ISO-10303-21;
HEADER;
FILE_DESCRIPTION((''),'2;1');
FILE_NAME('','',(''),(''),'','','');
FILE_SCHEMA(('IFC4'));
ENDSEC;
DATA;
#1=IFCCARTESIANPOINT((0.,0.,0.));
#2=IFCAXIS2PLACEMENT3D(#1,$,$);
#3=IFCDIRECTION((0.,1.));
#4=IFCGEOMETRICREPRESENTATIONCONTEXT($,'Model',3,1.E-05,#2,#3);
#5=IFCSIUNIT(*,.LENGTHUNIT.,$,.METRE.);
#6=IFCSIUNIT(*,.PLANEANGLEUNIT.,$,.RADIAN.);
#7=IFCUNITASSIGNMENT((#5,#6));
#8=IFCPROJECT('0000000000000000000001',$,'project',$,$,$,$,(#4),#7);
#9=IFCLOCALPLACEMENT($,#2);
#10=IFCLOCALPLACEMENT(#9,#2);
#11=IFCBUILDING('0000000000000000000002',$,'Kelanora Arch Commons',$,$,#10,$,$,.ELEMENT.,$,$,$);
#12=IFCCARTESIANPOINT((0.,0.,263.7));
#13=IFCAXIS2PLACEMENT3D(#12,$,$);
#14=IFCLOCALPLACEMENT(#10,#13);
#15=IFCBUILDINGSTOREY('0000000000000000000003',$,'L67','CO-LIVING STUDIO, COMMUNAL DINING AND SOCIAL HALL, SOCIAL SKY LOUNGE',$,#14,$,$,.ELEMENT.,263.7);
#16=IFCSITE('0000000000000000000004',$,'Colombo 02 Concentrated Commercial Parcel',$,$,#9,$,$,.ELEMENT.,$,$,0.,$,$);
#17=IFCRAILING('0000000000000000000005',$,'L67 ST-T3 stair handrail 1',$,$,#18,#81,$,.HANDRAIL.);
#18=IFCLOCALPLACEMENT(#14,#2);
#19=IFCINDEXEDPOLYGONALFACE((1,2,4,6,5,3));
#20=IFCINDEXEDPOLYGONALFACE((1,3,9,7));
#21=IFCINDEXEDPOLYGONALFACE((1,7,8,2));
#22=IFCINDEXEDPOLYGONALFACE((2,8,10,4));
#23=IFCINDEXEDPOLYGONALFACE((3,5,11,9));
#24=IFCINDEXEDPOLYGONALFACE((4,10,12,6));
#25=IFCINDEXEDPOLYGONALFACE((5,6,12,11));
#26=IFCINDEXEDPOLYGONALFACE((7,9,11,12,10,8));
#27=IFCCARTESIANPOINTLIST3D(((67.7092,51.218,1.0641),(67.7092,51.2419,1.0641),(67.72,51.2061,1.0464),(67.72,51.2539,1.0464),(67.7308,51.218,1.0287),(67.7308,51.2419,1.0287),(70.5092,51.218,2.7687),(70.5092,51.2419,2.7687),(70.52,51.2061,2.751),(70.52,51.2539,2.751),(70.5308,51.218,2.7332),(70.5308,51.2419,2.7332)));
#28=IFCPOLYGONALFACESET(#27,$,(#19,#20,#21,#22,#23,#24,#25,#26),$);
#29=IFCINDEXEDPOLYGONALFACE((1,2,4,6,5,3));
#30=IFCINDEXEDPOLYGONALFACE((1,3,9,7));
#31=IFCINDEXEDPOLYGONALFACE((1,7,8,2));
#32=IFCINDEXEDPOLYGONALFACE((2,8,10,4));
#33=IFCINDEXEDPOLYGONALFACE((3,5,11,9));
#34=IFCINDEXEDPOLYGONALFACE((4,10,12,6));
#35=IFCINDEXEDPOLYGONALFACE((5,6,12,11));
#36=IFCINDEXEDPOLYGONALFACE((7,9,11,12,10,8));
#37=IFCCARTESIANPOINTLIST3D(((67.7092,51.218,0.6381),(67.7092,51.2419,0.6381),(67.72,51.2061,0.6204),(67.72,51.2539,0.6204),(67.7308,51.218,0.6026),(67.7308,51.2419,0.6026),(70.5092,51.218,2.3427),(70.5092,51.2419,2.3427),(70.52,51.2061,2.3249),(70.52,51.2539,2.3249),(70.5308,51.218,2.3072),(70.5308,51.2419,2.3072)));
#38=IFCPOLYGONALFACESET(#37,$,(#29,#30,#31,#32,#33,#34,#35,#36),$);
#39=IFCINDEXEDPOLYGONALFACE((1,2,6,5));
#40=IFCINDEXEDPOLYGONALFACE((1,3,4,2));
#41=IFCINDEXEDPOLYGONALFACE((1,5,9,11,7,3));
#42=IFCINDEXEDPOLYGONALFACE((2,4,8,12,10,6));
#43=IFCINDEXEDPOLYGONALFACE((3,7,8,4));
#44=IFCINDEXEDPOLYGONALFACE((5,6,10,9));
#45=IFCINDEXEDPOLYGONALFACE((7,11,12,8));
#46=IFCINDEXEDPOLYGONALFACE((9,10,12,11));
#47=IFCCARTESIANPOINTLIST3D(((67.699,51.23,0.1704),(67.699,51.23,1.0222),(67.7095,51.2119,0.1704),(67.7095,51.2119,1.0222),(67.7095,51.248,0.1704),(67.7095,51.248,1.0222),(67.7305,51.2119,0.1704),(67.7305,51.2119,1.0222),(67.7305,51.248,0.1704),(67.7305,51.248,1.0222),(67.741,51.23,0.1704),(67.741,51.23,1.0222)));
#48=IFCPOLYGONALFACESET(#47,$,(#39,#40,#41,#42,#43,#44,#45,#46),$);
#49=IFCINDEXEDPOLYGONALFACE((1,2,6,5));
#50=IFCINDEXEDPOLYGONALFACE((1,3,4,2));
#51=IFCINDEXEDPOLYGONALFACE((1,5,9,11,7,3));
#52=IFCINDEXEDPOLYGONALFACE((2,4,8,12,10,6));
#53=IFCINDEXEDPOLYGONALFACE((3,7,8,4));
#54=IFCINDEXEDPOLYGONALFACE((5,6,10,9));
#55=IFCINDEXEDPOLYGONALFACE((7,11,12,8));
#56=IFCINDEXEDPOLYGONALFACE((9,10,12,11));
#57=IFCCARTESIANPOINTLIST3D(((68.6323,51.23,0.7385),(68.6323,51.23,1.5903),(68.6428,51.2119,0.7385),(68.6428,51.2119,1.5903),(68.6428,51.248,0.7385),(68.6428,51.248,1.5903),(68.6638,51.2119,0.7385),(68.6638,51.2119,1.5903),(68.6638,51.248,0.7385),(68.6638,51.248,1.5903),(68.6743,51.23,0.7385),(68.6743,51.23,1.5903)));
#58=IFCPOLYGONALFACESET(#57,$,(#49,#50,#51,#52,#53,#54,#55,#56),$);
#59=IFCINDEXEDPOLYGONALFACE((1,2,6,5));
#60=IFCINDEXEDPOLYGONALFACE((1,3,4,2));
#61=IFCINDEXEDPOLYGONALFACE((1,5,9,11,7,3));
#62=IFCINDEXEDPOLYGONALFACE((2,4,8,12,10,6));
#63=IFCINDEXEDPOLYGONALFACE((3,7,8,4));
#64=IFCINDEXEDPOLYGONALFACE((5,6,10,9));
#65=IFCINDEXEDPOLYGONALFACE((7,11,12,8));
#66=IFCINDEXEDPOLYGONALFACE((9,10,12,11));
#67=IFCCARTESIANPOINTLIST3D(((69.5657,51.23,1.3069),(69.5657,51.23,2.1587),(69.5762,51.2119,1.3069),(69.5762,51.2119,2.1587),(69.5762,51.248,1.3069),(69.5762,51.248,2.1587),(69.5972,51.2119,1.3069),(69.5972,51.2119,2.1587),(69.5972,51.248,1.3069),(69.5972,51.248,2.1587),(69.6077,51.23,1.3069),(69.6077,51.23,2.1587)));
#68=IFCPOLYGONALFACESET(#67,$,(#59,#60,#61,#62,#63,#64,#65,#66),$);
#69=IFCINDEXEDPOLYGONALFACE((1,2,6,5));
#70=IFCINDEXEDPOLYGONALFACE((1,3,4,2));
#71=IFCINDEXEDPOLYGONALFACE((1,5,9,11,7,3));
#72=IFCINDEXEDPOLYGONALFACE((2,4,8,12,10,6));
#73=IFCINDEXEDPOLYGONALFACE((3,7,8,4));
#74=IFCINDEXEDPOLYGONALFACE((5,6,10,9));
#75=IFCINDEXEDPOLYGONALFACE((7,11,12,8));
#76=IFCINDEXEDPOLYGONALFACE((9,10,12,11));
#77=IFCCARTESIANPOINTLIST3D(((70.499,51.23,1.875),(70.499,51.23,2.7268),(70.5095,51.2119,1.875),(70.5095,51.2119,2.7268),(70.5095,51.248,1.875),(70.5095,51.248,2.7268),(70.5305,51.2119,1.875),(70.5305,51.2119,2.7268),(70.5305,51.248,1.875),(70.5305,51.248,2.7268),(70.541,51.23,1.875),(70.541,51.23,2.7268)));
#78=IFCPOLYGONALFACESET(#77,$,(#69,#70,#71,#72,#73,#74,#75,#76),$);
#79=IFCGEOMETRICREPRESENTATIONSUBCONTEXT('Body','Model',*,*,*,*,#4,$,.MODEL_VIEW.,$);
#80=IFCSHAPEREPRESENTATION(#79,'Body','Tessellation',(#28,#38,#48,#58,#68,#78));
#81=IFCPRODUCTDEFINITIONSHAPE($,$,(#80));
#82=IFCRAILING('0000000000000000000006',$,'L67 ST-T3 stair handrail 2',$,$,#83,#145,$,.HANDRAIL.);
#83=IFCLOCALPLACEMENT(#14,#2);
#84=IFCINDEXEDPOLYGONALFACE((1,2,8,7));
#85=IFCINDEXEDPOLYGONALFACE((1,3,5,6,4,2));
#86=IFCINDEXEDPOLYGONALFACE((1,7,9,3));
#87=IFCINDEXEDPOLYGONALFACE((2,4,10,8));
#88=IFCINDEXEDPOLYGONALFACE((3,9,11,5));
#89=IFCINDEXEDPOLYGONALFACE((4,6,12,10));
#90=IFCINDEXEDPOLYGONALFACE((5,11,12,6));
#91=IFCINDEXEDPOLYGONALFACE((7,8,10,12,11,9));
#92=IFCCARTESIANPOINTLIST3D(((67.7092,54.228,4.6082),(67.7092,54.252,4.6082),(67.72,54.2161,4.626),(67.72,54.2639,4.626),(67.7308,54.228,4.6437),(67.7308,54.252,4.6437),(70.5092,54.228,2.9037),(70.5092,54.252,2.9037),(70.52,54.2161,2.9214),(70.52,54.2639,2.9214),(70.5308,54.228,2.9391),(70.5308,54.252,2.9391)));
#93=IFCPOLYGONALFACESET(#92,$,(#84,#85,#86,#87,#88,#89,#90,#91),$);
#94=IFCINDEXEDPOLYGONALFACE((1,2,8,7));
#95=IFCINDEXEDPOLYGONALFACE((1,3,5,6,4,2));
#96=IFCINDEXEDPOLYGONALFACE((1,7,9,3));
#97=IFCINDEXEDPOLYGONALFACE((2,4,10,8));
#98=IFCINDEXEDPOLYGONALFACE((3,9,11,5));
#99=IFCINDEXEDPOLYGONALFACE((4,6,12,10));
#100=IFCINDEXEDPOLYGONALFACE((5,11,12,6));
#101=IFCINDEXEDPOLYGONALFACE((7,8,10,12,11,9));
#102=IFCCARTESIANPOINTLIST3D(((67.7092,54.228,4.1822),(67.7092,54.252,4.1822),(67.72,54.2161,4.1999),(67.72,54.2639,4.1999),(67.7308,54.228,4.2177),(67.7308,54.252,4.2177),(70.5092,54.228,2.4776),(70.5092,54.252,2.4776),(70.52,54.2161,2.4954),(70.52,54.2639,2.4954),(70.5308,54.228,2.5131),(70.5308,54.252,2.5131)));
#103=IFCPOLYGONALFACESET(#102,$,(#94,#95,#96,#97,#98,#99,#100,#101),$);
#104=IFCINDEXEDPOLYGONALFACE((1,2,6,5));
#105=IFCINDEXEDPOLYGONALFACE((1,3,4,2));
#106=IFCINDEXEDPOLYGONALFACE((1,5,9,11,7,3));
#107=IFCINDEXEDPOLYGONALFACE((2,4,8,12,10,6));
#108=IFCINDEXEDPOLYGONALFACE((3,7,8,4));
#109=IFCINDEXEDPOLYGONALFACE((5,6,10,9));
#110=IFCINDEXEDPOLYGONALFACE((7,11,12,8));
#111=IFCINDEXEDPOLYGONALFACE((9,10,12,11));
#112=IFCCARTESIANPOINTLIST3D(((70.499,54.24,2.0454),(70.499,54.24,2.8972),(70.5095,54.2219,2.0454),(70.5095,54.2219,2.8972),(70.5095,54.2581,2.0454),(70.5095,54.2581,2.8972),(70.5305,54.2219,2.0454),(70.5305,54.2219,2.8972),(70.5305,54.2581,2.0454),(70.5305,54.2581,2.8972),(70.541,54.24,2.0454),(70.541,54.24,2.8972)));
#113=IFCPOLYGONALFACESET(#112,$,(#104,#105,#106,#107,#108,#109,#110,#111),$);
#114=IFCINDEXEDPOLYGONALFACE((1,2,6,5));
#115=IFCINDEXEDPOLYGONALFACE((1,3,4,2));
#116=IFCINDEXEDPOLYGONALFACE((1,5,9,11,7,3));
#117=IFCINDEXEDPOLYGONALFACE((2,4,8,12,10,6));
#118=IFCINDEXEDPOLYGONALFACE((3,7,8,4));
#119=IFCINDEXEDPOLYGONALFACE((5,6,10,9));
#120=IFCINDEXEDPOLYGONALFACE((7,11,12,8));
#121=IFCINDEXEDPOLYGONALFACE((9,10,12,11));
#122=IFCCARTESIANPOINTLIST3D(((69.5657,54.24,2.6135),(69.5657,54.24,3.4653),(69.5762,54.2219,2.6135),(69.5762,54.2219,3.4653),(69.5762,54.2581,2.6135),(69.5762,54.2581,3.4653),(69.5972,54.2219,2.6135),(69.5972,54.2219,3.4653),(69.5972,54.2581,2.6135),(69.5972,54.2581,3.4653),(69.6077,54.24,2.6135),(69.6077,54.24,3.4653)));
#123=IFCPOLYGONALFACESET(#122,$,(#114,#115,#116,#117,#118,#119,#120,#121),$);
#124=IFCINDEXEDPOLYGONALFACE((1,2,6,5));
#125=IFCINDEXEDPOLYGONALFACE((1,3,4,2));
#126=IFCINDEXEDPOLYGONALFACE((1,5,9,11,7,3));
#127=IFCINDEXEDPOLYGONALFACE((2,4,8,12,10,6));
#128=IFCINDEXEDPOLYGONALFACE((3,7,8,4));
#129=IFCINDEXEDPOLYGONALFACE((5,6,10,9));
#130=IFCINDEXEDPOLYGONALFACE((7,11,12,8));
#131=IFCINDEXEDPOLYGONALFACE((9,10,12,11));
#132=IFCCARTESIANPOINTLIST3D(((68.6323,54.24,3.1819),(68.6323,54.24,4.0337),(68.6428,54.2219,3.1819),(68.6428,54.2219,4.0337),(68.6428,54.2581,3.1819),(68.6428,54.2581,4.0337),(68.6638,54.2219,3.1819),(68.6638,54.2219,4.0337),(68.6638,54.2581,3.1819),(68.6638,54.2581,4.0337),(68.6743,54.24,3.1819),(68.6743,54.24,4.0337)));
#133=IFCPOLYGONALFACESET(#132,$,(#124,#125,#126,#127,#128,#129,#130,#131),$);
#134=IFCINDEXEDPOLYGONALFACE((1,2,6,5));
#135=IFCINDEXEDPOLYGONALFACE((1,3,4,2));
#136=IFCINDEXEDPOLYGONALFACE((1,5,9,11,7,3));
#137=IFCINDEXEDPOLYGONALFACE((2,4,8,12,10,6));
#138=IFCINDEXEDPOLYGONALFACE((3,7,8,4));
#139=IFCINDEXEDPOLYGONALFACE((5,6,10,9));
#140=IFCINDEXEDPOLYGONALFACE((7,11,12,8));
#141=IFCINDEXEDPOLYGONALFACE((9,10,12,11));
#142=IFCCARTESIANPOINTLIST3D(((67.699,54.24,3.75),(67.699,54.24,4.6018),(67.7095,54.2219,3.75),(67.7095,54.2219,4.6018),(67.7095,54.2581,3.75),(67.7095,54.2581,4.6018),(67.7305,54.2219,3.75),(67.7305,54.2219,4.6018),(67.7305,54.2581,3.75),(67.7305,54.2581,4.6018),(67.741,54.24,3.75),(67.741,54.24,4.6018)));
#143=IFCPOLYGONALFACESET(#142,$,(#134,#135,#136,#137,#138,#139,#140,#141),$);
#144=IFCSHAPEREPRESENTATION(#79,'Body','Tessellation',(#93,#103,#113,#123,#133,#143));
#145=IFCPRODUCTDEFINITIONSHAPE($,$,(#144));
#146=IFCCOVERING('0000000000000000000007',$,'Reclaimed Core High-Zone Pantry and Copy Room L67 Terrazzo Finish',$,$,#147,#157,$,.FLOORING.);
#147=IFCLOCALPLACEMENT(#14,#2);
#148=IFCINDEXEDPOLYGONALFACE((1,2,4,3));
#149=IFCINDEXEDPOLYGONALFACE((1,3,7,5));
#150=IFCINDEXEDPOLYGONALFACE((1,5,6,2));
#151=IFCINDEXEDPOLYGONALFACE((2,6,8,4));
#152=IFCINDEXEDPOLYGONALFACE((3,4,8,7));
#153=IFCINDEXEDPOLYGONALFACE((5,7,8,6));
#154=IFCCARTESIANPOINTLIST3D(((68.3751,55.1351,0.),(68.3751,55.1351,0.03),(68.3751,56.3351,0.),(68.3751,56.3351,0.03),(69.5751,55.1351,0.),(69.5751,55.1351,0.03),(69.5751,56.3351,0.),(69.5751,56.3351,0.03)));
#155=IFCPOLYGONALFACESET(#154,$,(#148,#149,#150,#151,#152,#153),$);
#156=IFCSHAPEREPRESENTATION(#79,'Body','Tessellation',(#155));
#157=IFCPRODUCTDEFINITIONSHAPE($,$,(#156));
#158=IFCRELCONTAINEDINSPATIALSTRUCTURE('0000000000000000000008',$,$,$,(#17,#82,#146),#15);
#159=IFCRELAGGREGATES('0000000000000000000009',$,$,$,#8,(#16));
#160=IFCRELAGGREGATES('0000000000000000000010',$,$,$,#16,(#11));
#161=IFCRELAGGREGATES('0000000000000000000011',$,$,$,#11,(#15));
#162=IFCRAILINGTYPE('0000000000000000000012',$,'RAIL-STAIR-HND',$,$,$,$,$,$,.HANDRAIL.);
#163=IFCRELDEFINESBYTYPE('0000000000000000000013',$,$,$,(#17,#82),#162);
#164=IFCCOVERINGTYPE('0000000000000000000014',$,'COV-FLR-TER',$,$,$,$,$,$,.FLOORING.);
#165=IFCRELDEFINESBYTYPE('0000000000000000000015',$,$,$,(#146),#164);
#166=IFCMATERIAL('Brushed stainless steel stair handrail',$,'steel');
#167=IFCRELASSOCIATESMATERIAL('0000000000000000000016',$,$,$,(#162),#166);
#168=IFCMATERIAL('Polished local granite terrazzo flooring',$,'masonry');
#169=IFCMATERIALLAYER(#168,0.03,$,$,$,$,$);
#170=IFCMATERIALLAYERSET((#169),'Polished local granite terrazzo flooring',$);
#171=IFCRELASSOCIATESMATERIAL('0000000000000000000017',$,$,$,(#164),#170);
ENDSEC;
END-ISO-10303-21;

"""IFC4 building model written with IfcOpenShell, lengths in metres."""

from ifc_helpers import new_model, si_unit, direction, frame, origin, origin_2d, place, context, subcontext, project, spatial, polyline, rectangle, outline, extrude, source, transform, mapped, material, layer, layer_set, type_object, element, save


model = new_model("IFC4")

# Units and contexts
model_context = context("Model", 3, precision=1e-05, world=origin(), true_north=direction((0.0, 1.0)))
body_context = subcontext(model_context, "Body", "Model", "MODEL_VIEW")
ifc_project = project(units=[si_unit("LENGTHUNIT", "METRE"), si_unit("PLANEANGLEUNIT", "RADIAN")], contexts=[model_context])

# Site, building, storey
site_placement = place(None, origin())
site = spatial("IfcSite", under=ifc_project, at=site_placement, Name="Colombo 02 Concentrated Commercial Parcel", CompositionType="ELEMENT", RefElevation=0.0)
building_placement = place(site_placement, origin())
building = spatial("IfcBuilding", under=site, at=building_placement, Name="Kelanora Arch Commons", CompositionType="ELEMENT")
storey_placement = place(building_placement, frame((0.0, 0.0, 263.7)))
storey = spatial("IfcBuildingStorey", under=building, at=storey_placement, Name="L67", Description="CO-LIVING STUDIO, COMMUNAL DINING AND SOCIAL HALL, SOCIAL SKY LOUNGE", CompositionType="ELEMENT", Elevation=263.7)

# Railings
ifc_material_1 = material(Name="Brushed stainless steel stair handrail", Category="steel")
railing_type_1 = type_object("IfcRailingType", Name="RAIL-STAIR-HND", PredefinedType="HANDRAIL", material=ifc_material_1)
railing_1_placement = place(storey_placement, frame((67.72, 51.23, 0.1704)))
element("IfcRailing", 1, at=railing_1_placement, inside=storey, type_object=railing_type_1, Name="L67 ST-T3 stair handrail 1", PredefinedType="HANDRAIL", context=body_context, shape_type="SweptSolid", body=[
    extrude(outline(polyline([(0.0239, 0.0), (0.012, 0.0208), (-0.012, 0.0208), (-0.0239, 0.0), (-0.012, -0.0208), (0.012, -0.0208), (0.0239, 0.0)])), frame((0.0, 0.0, 0.876), z_axis=(0.85417, 0.0, 0.519994), x_axis=(0.0, 1.0, 0.0)), (0.0, 0.0, 1.0), 3.2781),
    extrude(outline(polyline([(0.0239, 0.0), (0.012, 0.0208), (-0.012, 0.0208), (-0.0239, 0.0), (-0.012, -0.0208), (0.012, -0.0208), (0.0239, 0.0)])), frame((0.0, 0.0, 0.45), z_axis=(0.85417, 0.0, 0.519994), x_axis=(0.0, 1.0, 0.0)), (0.0, 0.0, 1.0), 3.2781),
    extrude(outline(polyline([(0.021, 0.0), (0.0105, 0.0181), (-0.0105, 0.0181), (-0.021, 0.0), (-0.0105, -0.0181), (0.0105, -0.0181), (0.021, 0.0)])), origin(), (0.0, 0.0, 1.0), 0.8518),
    extrude(outline(polyline([(0.021, 0.0), (0.0105, 0.0181), (-0.0105, 0.0181), (-0.021, 0.0), (-0.0105, -0.0181), (0.0105, -0.0181), (0.021, 0.0)])), frame((0.9333, 0.0, 0.5681)), (0.0, 0.0, 1.0), 0.8518),
    extrude(outline(polyline([(0.021, 0.0), (0.0105, 0.0181), (-0.0105, 0.0181), (-0.021, 0.0), (-0.0105, -0.0181), (0.0105, -0.0181), (0.021, 0.0)])), frame((1.8667, 0.0, 1.1365)), (0.0, 0.0, 1.0), 0.8518),
    extrude(outline(polyline([(0.021, 0.0), (0.0105, 0.0181), (-0.0105, 0.0181), (-0.021, 0.0), (-0.0105, -0.0181), (0.0105, -0.0181), (0.021, 0.0)])), frame((2.8, 0.0, 1.7046)), (0.0, 0.0, 1.0), 0.8518),
])
railing_2_placement = place(storey_placement, frame((70.52, 54.24, 2.0454)))
element("IfcRailing", 2, at=railing_2_placement, inside=storey, type_object=railing_type_1, Name="L67 ST-T3 stair handrail 2", PredefinedType="HANDRAIL", context=body_context, shape_type="SweptSolid", body=[
    extrude(outline(polyline([(0.0239, 0.0), (0.012, 0.0208), (-0.012, 0.0208), (-0.0239, 0.0), (-0.012, -0.0208), (0.012, -0.0208), (0.0239, 0.0)])), frame((0.0, 0.0, 0.876), z_axis=(-0.85417, 0.0, 0.519994), x_axis=(0.0, -1.0, 0.0)), (0.0, 0.0, 1.0), 3.2781),
    extrude(outline(polyline([(0.0239, 0.0), (0.012, 0.0208), (-0.012, 0.0208), (-0.0239, 0.0), (-0.012, -0.0208), (0.012, -0.0208), (0.0239, 0.0)])), frame((0.0, 0.0, 0.45), z_axis=(-0.85417, 0.0, 0.519994), x_axis=(0.0, -1.0, 0.0)), (0.0, 0.0, 1.0), 3.2781),
    extrude(outline(polyline([(0.021, 0.0), (0.0105, 0.0181), (-0.0105, 0.0181), (-0.021, 0.0), (-0.0105, -0.0181), (0.0105, -0.0181), (0.021, 0.0)])), origin(), (0.0, 0.0, 1.0), 0.8518),
    extrude(outline(polyline([(0.021, 0.0), (0.0105, 0.0181), (-0.0105, 0.0181), (-0.021, 0.0), (-0.0105, -0.0181), (0.0105, -0.0181), (0.021, 0.0)])), frame((-0.9333, 0.0, 0.5681)), (0.0, 0.0, 1.0), 0.8518),
    extrude(outline(polyline([(0.021, 0.0), (0.0105, 0.0181), (-0.0105, 0.0181), (-0.021, 0.0), (-0.0105, -0.0181), (0.0105, -0.0181), (0.021, 0.0)])), frame((-1.8667, 0.0, 1.1365)), (0.0, 0.0, 1.0), 0.8518),
    extrude(outline(polyline([(0.021, 0.0), (0.0105, 0.0181), (-0.0105, 0.0181), (-0.021, 0.0), (-0.0105, -0.0181), (0.0105, -0.0181), (0.021, 0.0)])), frame((-2.8, 0.0, 1.7046)), (0.0, 0.0, 1.0), 0.8518),
])

# Covering
ifc_material_2 = material(Name="Polished local granite terrazzo flooring", Category="masonry")
ifc_layer_1 = layer(ifc_material_2, 0.03)
ifc_layer_set_1 = layer_set([ifc_layer_1], Name="Polished local granite terrazzo flooring")
covering_type = type_object("IfcCoveringType", Name="COV-FLR-TER", PredefinedType="FLOORING", material=ifc_layer_set_1)
shared_shape = source(origin(), body_context, "Body", "SweptSolid", [
    extrude(rectangle(XDim=1.2, YDim=1.2, at=origin_2d()), origin(), (0.0, 0.0, 1.0), 0.03),
])
covering_placement = place(storey_placement, frame((68.9751, 55.7351, 0.0), z_axis=(0.0, 0.0, 1.0), x_axis=(1.0, 0.0, 0.0)))
element("IfcCovering", 3, at=covering_placement, inside=storey, type_object=covering_type, Name="Reclaimed Core High-Zone Pantry and Copy Room L67 Terrazzo Finish", PredefinedType="FLOORING", context=body_context, shape_type="MappedRepresentation", body=[
    mapped(shared_shape, transform((0.0, 0.0, 0.0), scale=1.0)),
])

save(model, "model.ifc")
